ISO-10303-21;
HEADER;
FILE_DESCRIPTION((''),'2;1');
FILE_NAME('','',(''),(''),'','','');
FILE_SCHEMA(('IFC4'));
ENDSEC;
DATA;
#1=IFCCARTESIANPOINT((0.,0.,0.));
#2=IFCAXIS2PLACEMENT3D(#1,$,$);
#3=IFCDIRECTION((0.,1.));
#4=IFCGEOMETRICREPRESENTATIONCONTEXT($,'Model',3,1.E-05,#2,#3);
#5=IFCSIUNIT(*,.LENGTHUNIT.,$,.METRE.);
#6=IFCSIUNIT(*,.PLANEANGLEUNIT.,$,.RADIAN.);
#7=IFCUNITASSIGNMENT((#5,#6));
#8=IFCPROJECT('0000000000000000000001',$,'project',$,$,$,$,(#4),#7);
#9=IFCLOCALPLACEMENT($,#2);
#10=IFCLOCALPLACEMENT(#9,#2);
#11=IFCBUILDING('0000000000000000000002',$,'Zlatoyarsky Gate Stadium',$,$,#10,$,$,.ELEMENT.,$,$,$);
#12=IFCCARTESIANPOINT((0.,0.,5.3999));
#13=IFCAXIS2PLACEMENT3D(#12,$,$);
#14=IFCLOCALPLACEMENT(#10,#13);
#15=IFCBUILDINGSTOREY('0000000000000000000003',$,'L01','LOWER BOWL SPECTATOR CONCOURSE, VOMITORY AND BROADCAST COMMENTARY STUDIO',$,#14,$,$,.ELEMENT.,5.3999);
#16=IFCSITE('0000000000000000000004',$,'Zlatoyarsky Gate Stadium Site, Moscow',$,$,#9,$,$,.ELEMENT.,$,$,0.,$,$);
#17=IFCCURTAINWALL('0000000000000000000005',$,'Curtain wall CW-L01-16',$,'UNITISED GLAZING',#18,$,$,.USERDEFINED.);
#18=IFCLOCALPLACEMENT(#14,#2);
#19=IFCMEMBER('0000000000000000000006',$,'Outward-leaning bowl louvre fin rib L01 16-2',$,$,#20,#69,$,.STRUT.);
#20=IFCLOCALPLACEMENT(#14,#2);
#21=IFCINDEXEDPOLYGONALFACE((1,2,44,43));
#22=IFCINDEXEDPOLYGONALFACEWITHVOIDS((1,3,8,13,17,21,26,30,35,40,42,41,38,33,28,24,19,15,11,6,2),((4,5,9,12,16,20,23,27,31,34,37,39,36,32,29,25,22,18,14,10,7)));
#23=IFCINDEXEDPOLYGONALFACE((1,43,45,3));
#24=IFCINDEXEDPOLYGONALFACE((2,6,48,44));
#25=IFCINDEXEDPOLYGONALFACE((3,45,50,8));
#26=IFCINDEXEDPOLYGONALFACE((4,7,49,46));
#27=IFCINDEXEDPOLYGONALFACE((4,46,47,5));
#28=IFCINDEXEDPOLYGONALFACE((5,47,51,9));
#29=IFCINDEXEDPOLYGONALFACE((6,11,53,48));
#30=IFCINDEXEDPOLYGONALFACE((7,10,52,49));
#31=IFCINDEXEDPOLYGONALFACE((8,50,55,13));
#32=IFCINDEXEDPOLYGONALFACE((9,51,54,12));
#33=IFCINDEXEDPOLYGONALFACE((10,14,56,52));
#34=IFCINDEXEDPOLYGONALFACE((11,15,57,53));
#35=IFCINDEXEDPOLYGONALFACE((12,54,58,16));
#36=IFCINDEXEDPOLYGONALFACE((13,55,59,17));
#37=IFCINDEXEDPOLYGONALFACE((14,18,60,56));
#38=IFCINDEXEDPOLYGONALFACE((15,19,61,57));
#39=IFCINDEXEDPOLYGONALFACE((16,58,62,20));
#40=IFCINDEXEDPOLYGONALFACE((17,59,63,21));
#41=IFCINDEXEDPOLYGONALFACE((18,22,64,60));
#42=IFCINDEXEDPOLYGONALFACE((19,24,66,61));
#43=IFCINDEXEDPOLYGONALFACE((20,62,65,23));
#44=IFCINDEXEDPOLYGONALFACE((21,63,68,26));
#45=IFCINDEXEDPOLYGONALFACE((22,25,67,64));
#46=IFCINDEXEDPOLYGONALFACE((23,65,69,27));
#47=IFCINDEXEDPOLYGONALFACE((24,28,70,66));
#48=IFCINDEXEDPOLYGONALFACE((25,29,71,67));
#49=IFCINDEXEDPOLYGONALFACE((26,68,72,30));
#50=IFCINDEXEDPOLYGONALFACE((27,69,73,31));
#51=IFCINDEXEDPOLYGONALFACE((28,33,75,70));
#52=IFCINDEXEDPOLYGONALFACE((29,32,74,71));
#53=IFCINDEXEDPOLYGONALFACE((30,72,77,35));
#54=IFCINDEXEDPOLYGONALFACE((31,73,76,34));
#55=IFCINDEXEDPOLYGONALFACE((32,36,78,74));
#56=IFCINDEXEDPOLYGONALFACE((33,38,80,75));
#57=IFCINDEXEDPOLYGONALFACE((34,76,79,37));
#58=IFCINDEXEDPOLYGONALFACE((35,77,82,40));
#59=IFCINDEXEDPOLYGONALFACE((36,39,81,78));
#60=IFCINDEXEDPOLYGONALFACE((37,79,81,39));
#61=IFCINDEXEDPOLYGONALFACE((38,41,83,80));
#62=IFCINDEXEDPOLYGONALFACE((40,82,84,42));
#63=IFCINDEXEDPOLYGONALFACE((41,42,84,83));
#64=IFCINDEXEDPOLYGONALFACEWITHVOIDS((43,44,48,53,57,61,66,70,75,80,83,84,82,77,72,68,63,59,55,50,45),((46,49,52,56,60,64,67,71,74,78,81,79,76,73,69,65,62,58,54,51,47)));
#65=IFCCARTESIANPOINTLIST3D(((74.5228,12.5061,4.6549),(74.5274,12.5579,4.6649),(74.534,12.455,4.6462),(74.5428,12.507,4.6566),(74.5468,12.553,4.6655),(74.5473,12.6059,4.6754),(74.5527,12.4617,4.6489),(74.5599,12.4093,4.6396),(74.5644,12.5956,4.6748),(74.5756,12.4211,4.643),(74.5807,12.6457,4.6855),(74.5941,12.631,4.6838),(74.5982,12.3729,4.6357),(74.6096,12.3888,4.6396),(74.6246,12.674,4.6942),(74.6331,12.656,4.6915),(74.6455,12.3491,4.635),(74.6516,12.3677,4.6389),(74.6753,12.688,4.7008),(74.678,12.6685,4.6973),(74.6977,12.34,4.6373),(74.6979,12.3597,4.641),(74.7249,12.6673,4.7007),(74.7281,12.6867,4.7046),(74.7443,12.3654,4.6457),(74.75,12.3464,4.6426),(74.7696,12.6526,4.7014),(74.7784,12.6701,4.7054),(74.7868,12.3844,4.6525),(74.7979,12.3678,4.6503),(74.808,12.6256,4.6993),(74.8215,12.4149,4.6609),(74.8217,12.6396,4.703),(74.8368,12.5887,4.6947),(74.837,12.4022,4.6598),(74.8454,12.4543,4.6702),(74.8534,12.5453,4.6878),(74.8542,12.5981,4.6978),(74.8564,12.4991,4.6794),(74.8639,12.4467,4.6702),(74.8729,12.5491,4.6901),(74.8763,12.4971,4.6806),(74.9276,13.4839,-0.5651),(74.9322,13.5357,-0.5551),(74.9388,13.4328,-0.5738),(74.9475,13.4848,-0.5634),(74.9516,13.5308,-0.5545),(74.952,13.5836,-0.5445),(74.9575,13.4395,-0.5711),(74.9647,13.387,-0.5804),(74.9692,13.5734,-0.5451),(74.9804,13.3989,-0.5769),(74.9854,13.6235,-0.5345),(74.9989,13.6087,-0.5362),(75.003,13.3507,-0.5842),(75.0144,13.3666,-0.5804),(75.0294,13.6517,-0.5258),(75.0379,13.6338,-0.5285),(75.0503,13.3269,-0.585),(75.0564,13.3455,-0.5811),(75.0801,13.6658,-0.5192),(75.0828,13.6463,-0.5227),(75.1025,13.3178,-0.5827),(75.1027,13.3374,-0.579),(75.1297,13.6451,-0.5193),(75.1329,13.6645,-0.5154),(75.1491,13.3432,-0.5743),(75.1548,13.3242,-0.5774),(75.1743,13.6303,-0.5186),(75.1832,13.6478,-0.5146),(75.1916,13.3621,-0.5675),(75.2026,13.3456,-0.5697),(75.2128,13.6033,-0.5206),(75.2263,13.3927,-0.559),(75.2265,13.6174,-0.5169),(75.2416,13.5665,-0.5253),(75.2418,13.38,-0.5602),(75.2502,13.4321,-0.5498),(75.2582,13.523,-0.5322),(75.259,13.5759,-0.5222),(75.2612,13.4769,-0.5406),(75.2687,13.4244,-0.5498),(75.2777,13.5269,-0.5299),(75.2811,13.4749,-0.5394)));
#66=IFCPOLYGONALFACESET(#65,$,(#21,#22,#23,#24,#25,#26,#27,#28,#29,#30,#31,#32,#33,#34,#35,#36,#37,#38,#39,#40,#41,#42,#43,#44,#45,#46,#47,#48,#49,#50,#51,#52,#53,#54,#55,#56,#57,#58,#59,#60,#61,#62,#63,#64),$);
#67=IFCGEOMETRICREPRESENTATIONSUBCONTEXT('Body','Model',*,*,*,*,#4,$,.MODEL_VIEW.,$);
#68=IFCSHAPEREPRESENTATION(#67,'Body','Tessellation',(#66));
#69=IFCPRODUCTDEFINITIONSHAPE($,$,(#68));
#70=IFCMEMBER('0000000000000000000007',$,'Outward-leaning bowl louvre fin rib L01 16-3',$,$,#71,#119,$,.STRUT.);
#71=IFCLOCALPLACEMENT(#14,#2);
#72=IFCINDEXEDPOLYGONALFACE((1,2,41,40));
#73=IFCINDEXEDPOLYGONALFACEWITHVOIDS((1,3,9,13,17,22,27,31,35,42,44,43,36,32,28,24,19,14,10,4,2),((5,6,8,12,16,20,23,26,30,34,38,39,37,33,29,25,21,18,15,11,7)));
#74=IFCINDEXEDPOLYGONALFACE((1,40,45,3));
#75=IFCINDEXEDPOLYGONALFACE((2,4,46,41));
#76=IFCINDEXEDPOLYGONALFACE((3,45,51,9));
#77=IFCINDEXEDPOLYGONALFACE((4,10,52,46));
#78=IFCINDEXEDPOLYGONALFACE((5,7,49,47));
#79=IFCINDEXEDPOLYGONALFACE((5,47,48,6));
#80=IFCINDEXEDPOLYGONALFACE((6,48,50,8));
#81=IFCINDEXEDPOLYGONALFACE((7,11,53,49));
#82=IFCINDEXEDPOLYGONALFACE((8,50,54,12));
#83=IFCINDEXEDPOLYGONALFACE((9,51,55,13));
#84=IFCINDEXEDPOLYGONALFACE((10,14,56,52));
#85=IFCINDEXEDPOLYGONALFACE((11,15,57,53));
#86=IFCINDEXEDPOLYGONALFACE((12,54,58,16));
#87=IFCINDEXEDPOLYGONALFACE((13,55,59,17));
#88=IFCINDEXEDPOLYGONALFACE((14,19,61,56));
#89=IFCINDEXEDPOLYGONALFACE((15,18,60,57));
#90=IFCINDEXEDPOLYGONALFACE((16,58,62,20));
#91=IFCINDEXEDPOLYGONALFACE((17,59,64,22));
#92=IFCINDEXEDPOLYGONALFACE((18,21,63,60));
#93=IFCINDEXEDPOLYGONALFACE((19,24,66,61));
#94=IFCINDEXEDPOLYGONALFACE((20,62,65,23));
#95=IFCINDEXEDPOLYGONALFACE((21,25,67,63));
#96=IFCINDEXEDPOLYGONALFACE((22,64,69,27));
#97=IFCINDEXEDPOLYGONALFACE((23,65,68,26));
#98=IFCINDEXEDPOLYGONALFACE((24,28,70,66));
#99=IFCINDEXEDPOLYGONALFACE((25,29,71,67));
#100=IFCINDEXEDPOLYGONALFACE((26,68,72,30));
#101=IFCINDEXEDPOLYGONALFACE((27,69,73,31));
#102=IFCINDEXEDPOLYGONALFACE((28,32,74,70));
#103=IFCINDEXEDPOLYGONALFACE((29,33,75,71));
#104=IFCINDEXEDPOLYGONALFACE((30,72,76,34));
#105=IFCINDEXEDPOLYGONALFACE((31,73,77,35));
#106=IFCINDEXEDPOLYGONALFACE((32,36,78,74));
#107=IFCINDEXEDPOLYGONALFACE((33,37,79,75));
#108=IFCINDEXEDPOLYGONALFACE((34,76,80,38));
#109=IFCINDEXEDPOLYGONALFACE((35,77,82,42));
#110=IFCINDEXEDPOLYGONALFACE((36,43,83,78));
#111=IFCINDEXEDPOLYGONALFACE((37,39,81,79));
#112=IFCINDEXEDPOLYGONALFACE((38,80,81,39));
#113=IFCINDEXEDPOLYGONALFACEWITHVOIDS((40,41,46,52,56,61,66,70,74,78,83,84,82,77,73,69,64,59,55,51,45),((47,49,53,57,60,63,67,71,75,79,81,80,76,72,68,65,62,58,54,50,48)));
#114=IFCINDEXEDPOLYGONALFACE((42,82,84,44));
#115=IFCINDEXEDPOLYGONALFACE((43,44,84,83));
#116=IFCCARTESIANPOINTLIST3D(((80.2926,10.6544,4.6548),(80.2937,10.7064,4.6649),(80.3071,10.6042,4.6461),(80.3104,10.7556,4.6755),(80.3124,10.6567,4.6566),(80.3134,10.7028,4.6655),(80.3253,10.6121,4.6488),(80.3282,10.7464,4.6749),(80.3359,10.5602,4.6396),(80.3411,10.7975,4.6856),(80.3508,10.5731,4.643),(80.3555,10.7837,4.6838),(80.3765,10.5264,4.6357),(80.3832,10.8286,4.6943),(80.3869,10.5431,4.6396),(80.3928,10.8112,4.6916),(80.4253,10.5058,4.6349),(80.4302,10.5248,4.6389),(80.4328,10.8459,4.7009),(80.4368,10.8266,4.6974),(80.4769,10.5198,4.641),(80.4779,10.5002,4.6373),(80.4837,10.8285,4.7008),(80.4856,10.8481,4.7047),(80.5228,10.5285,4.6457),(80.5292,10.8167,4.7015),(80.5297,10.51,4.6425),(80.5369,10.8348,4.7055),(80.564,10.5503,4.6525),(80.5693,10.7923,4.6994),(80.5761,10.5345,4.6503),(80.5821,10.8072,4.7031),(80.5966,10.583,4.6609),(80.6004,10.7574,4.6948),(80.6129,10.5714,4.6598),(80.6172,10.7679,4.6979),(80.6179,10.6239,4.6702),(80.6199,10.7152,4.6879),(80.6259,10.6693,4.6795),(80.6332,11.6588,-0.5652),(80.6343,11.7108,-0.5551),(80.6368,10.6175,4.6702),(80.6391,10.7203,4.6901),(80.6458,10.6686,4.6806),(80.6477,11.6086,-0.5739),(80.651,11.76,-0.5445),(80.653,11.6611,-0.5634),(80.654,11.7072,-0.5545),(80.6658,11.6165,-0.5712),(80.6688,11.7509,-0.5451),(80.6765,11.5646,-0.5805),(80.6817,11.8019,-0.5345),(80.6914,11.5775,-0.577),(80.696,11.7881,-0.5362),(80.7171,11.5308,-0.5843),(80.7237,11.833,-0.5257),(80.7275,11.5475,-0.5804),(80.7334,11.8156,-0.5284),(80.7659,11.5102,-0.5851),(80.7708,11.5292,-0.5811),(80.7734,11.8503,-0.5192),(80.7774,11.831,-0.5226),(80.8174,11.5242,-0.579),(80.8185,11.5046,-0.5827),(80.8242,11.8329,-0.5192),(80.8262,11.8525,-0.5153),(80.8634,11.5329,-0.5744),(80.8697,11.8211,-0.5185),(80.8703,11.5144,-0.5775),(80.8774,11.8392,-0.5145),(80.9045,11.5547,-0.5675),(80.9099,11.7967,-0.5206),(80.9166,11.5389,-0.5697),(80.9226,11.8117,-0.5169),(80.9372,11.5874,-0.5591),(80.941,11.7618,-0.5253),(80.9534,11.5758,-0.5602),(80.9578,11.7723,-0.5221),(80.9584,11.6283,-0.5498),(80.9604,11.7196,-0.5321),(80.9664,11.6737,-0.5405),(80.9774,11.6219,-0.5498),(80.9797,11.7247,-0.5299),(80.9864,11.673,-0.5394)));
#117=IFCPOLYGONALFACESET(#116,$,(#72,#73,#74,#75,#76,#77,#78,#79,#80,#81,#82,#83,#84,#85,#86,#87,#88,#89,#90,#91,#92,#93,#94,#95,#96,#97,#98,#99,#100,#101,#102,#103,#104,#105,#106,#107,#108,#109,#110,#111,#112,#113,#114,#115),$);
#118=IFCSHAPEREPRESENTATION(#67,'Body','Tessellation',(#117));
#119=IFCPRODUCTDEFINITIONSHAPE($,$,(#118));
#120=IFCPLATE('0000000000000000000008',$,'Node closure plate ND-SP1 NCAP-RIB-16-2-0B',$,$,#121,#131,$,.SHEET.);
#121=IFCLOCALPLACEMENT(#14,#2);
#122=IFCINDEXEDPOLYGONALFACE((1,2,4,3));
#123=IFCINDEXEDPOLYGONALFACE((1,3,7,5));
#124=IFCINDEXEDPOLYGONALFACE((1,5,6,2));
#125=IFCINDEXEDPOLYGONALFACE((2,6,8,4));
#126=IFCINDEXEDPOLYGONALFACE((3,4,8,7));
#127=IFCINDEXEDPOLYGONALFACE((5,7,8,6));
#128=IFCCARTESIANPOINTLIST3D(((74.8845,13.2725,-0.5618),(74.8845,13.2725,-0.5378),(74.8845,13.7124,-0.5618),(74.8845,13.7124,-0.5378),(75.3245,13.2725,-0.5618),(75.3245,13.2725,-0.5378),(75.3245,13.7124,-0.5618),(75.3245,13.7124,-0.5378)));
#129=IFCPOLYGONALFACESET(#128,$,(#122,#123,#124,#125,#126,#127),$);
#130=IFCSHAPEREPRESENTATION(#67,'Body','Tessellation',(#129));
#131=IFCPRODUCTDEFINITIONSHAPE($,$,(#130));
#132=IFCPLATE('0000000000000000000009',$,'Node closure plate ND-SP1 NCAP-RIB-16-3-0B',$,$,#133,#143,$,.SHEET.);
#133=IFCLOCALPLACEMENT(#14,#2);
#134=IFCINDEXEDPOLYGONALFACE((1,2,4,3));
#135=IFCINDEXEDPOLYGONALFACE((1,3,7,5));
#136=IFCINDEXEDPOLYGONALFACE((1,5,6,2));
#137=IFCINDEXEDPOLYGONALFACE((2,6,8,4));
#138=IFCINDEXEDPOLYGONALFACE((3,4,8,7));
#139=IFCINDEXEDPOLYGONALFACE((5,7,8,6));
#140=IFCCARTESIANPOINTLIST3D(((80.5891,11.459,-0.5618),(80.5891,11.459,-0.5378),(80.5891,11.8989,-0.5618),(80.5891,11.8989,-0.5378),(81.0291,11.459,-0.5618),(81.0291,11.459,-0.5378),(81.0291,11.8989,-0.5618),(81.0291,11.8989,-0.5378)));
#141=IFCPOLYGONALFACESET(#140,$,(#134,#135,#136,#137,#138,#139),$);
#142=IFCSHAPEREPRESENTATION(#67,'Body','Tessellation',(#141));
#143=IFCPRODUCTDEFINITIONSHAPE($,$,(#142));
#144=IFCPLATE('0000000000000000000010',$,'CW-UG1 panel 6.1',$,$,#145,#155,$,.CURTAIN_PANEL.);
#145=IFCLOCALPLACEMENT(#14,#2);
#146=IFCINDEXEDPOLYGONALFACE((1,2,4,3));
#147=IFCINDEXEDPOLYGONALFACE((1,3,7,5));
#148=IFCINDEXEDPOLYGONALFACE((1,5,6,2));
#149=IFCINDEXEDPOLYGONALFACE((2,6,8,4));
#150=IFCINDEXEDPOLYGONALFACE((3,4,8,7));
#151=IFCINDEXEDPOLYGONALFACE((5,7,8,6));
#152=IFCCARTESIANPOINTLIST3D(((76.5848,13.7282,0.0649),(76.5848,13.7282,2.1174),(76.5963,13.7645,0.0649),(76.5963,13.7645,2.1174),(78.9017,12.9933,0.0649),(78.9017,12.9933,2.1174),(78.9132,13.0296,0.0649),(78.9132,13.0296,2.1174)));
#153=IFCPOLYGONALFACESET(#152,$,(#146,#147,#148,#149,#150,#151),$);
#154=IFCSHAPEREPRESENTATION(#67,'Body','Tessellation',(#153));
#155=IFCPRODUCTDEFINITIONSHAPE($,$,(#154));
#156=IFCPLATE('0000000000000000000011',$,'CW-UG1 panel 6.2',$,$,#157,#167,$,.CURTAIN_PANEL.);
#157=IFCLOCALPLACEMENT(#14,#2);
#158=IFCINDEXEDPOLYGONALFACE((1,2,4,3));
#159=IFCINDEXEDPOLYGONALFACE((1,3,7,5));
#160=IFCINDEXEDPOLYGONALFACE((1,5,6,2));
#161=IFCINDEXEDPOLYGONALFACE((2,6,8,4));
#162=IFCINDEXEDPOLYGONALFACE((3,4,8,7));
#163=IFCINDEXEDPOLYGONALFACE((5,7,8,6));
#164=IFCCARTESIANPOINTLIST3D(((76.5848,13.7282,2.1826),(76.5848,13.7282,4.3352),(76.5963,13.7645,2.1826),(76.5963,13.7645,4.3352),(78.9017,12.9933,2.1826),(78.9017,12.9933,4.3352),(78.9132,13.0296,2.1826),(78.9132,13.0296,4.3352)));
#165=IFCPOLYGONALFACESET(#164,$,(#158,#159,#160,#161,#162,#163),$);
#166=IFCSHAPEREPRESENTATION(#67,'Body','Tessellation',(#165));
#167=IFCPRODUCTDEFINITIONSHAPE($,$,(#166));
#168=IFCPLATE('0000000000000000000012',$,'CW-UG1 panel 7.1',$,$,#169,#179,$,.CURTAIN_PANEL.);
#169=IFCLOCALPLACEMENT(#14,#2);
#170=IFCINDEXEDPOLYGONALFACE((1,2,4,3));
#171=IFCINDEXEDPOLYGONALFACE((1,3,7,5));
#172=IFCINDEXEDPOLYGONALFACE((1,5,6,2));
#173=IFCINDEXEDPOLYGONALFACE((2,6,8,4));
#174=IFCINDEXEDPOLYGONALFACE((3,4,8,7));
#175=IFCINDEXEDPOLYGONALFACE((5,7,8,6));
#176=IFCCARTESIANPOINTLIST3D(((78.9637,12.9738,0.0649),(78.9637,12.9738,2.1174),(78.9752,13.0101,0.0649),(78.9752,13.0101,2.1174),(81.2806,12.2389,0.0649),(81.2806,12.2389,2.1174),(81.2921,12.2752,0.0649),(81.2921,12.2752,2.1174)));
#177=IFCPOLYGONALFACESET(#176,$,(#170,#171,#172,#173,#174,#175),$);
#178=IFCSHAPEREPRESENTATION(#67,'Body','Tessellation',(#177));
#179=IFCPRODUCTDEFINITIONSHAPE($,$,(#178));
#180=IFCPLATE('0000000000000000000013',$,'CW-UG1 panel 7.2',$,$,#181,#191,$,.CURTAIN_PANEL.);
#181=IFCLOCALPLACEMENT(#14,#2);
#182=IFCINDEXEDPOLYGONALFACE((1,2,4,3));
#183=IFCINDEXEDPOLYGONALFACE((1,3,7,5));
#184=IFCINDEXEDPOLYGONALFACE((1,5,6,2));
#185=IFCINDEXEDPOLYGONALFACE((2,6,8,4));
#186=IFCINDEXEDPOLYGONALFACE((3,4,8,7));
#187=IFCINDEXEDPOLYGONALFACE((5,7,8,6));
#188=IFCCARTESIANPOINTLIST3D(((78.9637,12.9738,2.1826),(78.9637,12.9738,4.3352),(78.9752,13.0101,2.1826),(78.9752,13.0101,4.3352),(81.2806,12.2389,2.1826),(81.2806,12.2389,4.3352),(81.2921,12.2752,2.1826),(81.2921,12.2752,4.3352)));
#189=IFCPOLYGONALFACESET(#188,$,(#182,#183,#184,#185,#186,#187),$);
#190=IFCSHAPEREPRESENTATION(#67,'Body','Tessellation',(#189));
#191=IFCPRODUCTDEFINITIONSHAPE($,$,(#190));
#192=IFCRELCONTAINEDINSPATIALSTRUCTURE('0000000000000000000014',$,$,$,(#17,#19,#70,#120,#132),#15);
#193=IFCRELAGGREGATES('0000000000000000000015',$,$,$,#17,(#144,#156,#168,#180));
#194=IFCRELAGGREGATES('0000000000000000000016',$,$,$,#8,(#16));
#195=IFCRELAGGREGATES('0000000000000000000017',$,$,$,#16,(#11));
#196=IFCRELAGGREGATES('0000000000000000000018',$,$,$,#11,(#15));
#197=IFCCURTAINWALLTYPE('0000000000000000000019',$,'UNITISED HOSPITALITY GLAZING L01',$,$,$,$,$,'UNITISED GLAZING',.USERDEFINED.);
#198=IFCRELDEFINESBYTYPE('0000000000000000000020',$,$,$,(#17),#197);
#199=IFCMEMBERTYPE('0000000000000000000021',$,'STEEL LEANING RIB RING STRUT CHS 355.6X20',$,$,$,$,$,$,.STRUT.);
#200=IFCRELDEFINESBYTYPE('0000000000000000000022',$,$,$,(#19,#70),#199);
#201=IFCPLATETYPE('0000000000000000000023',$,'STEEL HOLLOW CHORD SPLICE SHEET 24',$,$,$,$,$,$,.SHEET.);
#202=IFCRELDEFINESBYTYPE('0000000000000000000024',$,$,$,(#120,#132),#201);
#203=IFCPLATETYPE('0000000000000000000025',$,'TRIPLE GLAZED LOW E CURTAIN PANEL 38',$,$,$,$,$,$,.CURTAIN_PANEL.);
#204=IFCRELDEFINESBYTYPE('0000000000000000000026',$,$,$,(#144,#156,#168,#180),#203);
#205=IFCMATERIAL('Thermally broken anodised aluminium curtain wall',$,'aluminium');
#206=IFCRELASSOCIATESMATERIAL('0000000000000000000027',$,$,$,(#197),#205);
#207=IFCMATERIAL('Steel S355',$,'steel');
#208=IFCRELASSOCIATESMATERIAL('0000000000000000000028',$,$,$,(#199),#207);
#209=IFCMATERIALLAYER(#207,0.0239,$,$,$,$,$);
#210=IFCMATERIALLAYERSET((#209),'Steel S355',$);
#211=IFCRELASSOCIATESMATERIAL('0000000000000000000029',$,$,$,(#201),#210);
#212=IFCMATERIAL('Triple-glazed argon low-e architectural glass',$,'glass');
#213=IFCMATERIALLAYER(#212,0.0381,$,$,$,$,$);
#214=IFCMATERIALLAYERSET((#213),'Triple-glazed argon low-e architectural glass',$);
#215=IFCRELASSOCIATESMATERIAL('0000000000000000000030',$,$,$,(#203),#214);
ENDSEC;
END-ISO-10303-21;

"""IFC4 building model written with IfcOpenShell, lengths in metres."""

from ifc_helpers import new_model, si_unit, direction, frame, origin, origin_2d, place, context, subcontext, project, spatial, rectangle, hollow_circle, extrude, material, layer, layer_set, material_profile, profile_set, type_object, element, aggregate, save


model = new_model("IFC4")

# Units and contexts
model_context = context("Model", 3, precision=1e-05, world=origin(), true_north=direction((0.0, 1.0)))
body_context = subcontext(model_context, "Body", "Model", "MODEL_VIEW")
ifc_project = project(units=[si_unit("LENGTHUNIT", "METRE"), si_unit("PLANEANGLEUNIT", "RADIAN")], contexts=[model_context])

# Site, building, storey
site_placement = place(None, origin())
site = spatial("IfcSite", under=ifc_project, at=site_placement, Name="Zlatoyarsky Gate Stadium Site, Moscow", CompositionType="ELEMENT", RefElevation=0.0)
building_placement = place(site_placement, origin())
building = spatial("IfcBuilding", under=site, at=building_placement, Name="Zlatoyarsky Gate Stadium", CompositionType="ELEMENT")
storey_placement = place(building_placement, frame((0.0, 0.0, 5.3999)))
storey = spatial("IfcBuildingStorey", under=building, at=storey_placement, Name="L01", Description="LOWER BOWL SPECTATOR CONCOURSE, VOMITORY AND BROADCAST COMMENTARY STUDIO", CompositionType="ELEMENT", Elevation=5.3999)

# Shared definitions
ifc_material_1 = material(Name="Steel S355", Category="steel")

# Curtain wall
ifc_material_2 = material(Name="Thermally broken anodised aluminium curtain wall", Category="aluminium")
curtain_wall_type = type_object("IfcCurtainWallType", Name="UNITISED HOSPITALITY GLAZING L01", ElementType="UNITISED GLAZING", PredefinedType="USERDEFINED", material=ifc_material_2)
curtain_wall_placement = place(storey_placement, origin())
curtain_wall = element("IfcCurtainWall", 1, at=curtain_wall_placement, inside=storey, type_object=curtain_wall_type, Name="Curtain wall CW-L01-16", ObjectType="UNITISED GLAZING", PredefinedType="USERDEFINED")

# Members
ifc_material_profile_1 = material_profile(ifc_material_1, hollow_circle(Radius=0.1777, WallThickness=0.02, at=origin_2d()), Name="CHS 355.6X20")
ifc_profile_set_1 = profile_set([ifc_material_profile_1], Name="Steel S355")
member_type_1 = type_object("IfcMemberType", Name="STEEL LEANING RIB RING STRUT CHS 355.6X20", PredefinedType="STRUT", material=ifc_profile_set_1)
member_1_placement = place(storey_placement, frame((75.1045, 13.4924, -0.5498), z_axis=(-0.075999, -0.183581, 0.980062), x_axis=(0.923955, -0.382501, 0.0)))
element("IfcMember", 2, at=member_1_placement, inside=storey, type_object=member_type_1, Name="Outward-leaning bowl louvre fin rib L01 16-2", PredefinedType="STRUT", context=body_context, shape_type="SweptSolid", body=[
    extrude(hollow_circle(Radius=0.1777, WallThickness=0.02, at=origin_2d()), origin(), (0.0, 0.0, 1.0), 5.3262),
])
member_2_placement = place(storey_placement, frame((80.8091, 11.679, -0.5498), z_axis=(-0.063938, -0.188561, 0.979978), x_axis=(0.947036, -0.321127, 0.0)))
element("IfcMember", 3, at=member_2_placement, inside=storey, type_object=member_type_1, Name="Outward-leaning bowl louvre fin rib L01 16-3", PredefinedType="STRUT", context=body_context, shape_type="SweptSolid", body=[
    extrude(hollow_circle(Radius=0.1777, WallThickness=0.02, at=origin_2d()), origin(), (0.0, 0.0, 1.0), 5.3267),
])

# Plates
ifc_layer_1 = layer(ifc_material_1, 0.0239)
ifc_layer_set_1 = layer_set([ifc_layer_1], Name="Steel S355")
plate_type_1 = type_object("IfcPlateType", Name="STEEL HOLLOW CHORD SPLICE SHEET 24", PredefinedType="SHEET", material=ifc_layer_set_1)
for number, where, z_axis, x_axis, name in (
    (4, (75.1045, 13.4924, -0.5618), (0.0, 0.0, 1.0), (1.0, 0.0, 0.0), "Node closure plate ND-SP1 NCAP-RIB-16-2-0B"),
    (5, (80.8091, 11.679, -0.5618), (0.0, 0.0, 1.0), (1.0, 0.0, 0.0), "Node closure plate ND-SP1 NCAP-RIB-16-3-0B"),
):
    element("IfcPlate", number, at=place(storey_placement, frame(where, z_axis=z_axis, x_axis=x_axis)), inside=storey, type_object=plate_type_1, Name=name, PredefinedType="SHEET", context=body_context, shape_type="SweptSolid", body=[
        extrude(rectangle(XDim=0.4399, YDim=0.4399, at=origin_2d()), origin(), (0.0, 0.0, 1.0), 0.0239),
    ])

# Plates
ifc_material_3 = material(Name="Triple-glazed argon low-e architectural glass", Category="glass")
ifc_layer_2 = layer(ifc_material_3, 0.0381)
ifc_layer_set_2 = layer_set([ifc_layer_2], Name="Triple-glazed argon low-e architectural glass")
plate_type_2 = type_object("IfcPlateType", Name="TRIPLE GLAZED LOW E CURTAIN PANEL 38", PredefinedType="CURTAIN_PANEL", material=ifc_layer_set_2)
plate_1_placement = place(storey_placement, frame((77.749, 13.3789, 0.0649), z_axis=(0.0, 0.0, 1.0), x_axis=(0.953202, -0.302334, 0.0)))
plate_1 = element("IfcPlate", 6, at=plate_1_placement, type_object=plate_type_2, Name="CW-UG1 panel 6.1", PredefinedType="CURTAIN_PANEL", context=body_context, shape_type="SweptSolid", body=[
    extrude(rectangle(XDim=2.4307, YDim=0.0381, at=origin_2d()), origin(), (0.0, 0.0, 1.0), 2.0525),
])
plate_2_placement = place(storey_placement, frame((77.749, 13.3789, 2.1826), z_axis=(0.0, 0.0, 1.0), x_axis=(0.953202, -0.302334, 0.0)))
plate_2 = element("IfcPlate", 7, at=plate_2_placement, type_object=plate_type_2, Name="CW-UG1 panel 6.2", PredefinedType="CURTAIN_PANEL", context=body_context, shape_type="SweptSolid", body=[
    extrude(rectangle(XDim=2.4307, YDim=0.0381, at=origin_2d()), origin(), (0.0, 0.0, 1.0), 2.1526),
])
plate_3_placement = place(storey_placement, frame((80.1279, 12.6245, 0.0649), z_axis=(0.0, 0.0, 1.0), x_axis=(0.953202, -0.302334, 0.0)))
plate_3 = element("IfcPlate", 8, at=plate_3_placement, type_object=plate_type_2, Name="CW-UG1 panel 7.1", PredefinedType="CURTAIN_PANEL", context=body_context, shape_type="SweptSolid", body=[
    extrude(rectangle(XDim=2.4307, YDim=0.0381, at=origin_2d()), origin(), (0.0, 0.0, 1.0), 2.0525),
])
plate_4_placement = place(storey_placement, frame((80.1279, 12.6245, 2.1826), z_axis=(0.0, 0.0, 1.0), x_axis=(0.953202, -0.302334, 0.0)))
plate_4 = element("IfcPlate", 9, at=plate_4_placement, type_object=plate_type_2, Name="CW-UG1 panel 7.2", PredefinedType="CURTAIN_PANEL", context=body_context, shape_type="SweptSolid", body=[
    extrude(rectangle(XDim=2.4307, YDim=0.0381, at=origin_2d()), origin(), (0.0, 0.0, 1.0), 2.1526),
])
aggregate(curtain_wall, [plate_1, plate_2, plate_3, plate_4])

save(model, "model.ifc")
